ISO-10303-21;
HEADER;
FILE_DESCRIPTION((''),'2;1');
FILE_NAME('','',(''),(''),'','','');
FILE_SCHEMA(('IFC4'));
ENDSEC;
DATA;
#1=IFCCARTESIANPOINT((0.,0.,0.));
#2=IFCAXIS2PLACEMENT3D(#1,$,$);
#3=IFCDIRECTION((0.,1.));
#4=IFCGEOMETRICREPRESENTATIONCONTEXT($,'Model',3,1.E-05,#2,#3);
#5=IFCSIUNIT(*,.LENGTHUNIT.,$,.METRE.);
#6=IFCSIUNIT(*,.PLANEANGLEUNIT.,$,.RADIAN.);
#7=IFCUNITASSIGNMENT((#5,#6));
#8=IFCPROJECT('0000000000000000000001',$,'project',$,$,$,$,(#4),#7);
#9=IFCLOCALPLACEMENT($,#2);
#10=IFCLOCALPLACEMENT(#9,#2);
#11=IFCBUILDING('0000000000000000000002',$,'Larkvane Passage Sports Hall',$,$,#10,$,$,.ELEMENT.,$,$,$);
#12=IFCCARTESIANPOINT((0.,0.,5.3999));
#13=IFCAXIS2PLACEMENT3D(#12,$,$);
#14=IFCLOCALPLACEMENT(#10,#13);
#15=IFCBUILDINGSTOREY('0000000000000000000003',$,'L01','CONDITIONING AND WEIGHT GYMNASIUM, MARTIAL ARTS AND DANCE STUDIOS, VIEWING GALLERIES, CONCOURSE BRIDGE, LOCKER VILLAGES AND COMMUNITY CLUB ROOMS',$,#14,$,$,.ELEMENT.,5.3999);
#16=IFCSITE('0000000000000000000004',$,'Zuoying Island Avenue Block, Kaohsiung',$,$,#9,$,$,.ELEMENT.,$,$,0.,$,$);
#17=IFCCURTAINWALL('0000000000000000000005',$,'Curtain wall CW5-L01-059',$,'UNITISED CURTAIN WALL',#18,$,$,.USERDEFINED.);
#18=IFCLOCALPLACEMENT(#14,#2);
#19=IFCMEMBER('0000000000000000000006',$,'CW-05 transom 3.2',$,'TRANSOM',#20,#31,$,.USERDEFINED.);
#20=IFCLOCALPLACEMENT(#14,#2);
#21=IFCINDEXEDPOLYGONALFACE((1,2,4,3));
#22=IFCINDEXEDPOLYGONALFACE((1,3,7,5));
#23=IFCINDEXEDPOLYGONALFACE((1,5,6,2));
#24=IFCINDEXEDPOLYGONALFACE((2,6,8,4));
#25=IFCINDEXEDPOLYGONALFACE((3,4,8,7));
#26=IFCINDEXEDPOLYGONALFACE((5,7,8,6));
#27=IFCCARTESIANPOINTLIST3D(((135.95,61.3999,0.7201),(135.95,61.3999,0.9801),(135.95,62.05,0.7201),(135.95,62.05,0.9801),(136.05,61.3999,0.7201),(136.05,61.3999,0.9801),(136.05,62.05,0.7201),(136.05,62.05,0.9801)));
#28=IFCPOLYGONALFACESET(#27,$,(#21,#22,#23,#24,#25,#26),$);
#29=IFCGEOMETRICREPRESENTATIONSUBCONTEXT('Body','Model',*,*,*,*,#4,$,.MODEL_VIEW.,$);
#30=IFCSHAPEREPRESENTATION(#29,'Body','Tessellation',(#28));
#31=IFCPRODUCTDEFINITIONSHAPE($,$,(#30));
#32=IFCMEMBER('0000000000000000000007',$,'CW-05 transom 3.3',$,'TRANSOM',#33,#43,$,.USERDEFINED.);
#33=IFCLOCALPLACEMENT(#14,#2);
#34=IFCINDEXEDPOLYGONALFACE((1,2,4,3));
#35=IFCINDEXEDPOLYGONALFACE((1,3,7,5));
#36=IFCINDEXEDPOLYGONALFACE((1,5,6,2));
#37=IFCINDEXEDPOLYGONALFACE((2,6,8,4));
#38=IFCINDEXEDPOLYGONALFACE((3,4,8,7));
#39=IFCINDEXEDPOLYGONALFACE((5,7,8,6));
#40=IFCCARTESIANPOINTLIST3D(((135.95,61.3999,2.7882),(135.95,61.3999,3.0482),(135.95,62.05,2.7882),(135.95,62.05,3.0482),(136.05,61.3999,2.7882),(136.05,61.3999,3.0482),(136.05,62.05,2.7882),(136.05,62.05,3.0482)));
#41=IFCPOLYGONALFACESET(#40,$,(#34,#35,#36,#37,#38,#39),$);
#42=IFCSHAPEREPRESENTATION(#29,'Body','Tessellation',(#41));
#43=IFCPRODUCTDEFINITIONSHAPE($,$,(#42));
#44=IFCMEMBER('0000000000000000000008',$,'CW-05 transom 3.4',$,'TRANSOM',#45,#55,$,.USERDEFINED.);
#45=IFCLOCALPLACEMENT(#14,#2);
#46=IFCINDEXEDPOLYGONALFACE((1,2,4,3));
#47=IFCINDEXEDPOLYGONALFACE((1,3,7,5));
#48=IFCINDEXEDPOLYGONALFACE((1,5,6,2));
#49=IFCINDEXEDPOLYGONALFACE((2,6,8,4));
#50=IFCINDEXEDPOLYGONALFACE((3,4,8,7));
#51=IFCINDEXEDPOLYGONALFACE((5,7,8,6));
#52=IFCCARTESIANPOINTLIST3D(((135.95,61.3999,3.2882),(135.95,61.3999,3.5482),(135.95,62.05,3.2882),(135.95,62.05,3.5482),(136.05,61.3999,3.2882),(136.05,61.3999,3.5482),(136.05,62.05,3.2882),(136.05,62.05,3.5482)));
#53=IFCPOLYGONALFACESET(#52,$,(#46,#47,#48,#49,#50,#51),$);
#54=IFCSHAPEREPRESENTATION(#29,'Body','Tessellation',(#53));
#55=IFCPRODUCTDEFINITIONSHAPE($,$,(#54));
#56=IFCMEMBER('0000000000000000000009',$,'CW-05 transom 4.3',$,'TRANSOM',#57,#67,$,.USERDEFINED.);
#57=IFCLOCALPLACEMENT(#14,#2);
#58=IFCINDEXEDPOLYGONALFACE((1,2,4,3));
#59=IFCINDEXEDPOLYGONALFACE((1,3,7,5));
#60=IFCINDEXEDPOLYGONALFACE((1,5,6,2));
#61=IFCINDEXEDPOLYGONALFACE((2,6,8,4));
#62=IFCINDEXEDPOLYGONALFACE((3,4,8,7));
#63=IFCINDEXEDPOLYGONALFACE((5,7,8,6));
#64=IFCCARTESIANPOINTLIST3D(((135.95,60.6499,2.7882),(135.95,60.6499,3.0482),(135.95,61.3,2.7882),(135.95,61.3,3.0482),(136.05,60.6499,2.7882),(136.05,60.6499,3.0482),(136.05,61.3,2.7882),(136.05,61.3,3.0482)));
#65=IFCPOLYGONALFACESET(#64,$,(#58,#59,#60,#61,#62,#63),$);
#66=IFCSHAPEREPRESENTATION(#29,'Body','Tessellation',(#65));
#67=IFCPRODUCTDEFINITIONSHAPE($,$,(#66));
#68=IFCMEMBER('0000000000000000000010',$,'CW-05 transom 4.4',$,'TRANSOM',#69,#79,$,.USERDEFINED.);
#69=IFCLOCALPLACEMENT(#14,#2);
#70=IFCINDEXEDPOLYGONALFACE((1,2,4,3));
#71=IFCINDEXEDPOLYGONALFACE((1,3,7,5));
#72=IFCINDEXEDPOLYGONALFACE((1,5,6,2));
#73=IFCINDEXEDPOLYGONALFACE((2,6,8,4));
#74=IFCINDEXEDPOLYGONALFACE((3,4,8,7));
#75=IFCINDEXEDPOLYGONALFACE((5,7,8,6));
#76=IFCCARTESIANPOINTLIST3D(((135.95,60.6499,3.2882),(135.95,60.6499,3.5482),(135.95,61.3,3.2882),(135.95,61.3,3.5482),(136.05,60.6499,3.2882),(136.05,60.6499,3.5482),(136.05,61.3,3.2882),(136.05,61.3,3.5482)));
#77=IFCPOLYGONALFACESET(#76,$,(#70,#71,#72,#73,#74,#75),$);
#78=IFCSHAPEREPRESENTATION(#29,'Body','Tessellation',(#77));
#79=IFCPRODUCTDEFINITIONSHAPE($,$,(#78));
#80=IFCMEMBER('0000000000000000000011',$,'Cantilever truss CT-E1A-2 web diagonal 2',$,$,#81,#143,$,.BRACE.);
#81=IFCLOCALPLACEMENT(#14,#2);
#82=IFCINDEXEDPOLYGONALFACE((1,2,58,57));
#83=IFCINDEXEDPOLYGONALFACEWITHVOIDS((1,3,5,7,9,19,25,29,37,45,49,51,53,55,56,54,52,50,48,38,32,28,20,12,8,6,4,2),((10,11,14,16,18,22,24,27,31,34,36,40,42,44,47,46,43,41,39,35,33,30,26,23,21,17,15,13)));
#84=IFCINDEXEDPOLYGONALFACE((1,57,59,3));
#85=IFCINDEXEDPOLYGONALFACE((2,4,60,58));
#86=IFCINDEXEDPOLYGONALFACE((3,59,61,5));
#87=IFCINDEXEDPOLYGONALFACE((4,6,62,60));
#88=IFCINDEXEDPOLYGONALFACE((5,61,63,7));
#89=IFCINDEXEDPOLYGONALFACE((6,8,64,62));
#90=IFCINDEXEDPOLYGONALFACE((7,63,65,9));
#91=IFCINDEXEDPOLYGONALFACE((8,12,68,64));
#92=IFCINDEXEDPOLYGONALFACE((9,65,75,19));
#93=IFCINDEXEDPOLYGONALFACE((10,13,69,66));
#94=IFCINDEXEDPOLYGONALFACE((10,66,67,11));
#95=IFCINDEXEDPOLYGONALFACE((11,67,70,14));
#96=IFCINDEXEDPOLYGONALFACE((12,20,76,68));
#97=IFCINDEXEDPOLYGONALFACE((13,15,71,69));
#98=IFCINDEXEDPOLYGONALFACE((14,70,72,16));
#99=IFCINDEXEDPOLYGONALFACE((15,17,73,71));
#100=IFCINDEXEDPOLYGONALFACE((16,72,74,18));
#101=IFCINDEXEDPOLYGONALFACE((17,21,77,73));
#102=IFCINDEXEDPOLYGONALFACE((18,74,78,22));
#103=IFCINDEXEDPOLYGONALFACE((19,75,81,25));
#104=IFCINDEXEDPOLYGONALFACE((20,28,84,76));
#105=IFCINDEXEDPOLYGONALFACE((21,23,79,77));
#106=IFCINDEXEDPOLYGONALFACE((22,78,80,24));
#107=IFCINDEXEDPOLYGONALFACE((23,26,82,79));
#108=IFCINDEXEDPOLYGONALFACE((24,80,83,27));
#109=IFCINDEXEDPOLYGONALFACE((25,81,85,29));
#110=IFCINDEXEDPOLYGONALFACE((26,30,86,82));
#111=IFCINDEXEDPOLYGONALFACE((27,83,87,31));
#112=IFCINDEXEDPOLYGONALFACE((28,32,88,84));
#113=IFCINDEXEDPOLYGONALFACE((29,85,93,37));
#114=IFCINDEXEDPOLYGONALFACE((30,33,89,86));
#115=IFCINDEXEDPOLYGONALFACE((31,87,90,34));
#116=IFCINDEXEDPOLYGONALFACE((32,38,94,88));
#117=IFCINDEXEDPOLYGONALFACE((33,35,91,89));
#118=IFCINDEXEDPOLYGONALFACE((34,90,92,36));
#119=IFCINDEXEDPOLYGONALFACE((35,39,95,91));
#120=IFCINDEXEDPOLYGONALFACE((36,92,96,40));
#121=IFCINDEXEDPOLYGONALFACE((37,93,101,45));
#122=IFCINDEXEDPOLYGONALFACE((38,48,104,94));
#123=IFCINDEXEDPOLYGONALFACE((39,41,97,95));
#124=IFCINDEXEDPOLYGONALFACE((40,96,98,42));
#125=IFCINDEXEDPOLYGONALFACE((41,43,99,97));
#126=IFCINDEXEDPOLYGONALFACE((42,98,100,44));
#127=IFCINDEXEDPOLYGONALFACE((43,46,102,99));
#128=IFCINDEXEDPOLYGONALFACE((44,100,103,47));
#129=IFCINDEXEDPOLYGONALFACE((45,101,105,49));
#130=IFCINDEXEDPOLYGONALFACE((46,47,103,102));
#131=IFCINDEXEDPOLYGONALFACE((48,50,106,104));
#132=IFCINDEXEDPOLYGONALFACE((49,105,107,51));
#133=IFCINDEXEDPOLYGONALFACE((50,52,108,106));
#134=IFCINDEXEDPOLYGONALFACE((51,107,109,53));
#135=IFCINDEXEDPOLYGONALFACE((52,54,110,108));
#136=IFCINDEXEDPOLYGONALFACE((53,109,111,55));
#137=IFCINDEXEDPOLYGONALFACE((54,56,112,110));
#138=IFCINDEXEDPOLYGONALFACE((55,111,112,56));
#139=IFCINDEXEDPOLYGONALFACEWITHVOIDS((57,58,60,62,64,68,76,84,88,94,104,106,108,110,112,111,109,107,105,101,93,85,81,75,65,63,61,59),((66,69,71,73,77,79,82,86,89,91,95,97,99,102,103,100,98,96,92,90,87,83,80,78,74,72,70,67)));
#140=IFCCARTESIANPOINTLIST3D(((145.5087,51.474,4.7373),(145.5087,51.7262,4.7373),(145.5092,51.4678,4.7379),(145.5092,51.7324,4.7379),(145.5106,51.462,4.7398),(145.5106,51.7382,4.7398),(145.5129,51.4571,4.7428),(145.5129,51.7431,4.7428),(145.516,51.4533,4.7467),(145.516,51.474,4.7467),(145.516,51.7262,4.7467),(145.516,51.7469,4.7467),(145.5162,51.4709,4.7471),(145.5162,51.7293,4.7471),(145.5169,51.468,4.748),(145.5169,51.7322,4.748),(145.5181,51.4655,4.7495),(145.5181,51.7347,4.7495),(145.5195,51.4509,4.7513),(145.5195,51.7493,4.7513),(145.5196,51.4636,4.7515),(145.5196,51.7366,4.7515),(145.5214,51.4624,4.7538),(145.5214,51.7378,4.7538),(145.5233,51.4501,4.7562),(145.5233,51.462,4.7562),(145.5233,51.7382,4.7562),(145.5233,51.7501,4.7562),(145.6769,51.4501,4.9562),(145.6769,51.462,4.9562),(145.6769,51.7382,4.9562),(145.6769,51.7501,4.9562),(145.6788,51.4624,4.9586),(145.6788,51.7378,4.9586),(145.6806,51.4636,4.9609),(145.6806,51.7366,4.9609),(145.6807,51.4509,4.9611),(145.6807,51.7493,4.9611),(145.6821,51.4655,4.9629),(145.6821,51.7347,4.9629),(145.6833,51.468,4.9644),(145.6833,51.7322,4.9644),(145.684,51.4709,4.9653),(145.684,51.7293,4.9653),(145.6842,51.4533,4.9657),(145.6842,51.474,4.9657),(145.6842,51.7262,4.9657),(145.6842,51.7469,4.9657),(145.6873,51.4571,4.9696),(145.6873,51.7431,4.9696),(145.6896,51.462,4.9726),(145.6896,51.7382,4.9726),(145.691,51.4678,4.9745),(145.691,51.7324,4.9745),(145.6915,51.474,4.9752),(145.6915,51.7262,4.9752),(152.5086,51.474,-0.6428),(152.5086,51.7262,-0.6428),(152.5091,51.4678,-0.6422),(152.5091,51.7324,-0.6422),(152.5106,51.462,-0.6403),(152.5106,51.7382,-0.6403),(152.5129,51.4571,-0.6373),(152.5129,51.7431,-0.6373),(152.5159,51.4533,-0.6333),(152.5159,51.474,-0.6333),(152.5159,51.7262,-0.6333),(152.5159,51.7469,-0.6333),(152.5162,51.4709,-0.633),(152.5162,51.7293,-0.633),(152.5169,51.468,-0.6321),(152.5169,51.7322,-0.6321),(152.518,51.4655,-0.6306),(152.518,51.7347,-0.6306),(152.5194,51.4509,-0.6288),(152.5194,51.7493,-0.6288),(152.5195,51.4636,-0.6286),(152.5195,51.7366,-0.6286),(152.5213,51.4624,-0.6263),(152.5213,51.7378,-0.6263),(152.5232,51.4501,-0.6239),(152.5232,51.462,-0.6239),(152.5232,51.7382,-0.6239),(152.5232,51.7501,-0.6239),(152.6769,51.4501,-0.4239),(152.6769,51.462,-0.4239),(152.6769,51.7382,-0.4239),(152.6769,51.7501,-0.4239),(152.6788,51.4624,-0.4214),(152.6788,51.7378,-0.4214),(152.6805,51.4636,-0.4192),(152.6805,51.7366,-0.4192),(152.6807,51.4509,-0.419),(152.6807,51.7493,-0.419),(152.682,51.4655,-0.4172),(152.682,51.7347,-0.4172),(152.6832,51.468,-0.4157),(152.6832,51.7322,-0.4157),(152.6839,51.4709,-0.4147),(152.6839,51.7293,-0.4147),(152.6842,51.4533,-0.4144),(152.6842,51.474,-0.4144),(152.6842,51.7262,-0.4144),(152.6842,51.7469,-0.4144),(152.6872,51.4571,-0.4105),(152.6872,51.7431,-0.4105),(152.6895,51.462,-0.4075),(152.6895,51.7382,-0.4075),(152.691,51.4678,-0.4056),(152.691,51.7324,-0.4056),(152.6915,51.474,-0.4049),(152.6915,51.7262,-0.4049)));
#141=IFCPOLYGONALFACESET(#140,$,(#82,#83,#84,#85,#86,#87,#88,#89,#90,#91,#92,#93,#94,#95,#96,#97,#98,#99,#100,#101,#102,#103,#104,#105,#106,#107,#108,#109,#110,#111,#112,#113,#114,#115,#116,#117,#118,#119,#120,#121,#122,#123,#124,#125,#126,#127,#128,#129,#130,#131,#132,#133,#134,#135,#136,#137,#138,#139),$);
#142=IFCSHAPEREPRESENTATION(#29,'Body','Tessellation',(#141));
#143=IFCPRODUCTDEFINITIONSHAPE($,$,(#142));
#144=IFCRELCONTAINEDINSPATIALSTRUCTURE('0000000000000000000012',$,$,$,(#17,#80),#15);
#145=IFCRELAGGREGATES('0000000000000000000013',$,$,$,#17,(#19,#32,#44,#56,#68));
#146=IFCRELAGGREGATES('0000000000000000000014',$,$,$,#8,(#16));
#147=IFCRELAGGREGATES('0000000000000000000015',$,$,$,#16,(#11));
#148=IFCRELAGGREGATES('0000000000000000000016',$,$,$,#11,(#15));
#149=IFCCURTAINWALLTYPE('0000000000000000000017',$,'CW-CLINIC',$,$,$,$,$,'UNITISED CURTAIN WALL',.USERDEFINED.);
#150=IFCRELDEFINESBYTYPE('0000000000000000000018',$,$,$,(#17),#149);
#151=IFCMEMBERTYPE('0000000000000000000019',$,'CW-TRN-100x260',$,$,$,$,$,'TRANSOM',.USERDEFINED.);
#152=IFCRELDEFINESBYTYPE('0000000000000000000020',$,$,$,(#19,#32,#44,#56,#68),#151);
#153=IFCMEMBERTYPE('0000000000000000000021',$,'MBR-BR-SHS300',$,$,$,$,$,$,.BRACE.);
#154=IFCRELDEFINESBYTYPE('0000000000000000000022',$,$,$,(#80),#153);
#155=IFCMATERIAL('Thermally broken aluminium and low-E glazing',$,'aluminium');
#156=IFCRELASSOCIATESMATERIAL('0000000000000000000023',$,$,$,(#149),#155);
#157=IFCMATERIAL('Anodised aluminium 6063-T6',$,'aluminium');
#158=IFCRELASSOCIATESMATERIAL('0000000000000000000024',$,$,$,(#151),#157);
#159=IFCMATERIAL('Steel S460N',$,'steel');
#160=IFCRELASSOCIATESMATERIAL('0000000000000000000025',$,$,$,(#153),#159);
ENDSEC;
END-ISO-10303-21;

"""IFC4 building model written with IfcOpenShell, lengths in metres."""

from ifc_helpers import new_model, si_unit, direction, frame, origin, origin_2d, place, context, subcontext, project, spatial, rectangle, hollow_rectangle, extrude, material, material_profile, profile_set, type_object, element, aggregate, save


model = new_model("IFC4")

# Units and contexts
model_context = context("Model", 3, precision=1e-05, world=origin(), true_north=direction((0.0, 1.0)))
body_context = subcontext(model_context, "Body", "Model", "MODEL_VIEW")
ifc_project = project(units=[si_unit("LENGTHUNIT", "METRE"), si_unit("PLANEANGLEUNIT", "RADIAN")], contexts=[model_context])

# Site, building, storey
site_placement = place(None, origin())
site = spatial("IfcSite", under=ifc_project, at=site_placement, Name="Zuoying Island Avenue Block, Kaohsiung", CompositionType="ELEMENT", RefElevation=0.0)
building_placement = place(site_placement, origin())
building = spatial("IfcBuilding", under=site, at=building_placement, Name="Larkvane Passage Sports Hall", CompositionType="ELEMENT")
storey_placement = place(building_placement, frame((0.0, 0.0, 5.3999)))
storey = spatial("IfcBuildingStorey", under=building, at=storey_placement, Name="L01", Description="CONDITIONING AND WEIGHT GYMNASIUM, MARTIAL ARTS AND DANCE STUDIOS, VIEWING GALLERIES, CONCOURSE BRIDGE, LOCKER VILLAGES AND COMMUNITY CLUB ROOMS", CompositionType="ELEMENT", Elevation=5.3999)

# Shared definitions
ifc_material_1 = material(Name="Steel S460N", Category="steel")

# Curtain wall, members
ifc_material_2 = material(Name="Thermally broken aluminium and low-E glazing", Category="aluminium")
curtain_wall_type = type_object("IfcCurtainWallType", Name="CW-CLINIC", ElementType="UNITISED CURTAIN WALL", PredefinedType="USERDEFINED", material=ifc_material_2)
curtain_wall_placement = place(storey_placement, origin())
curtain_wall = element("IfcCurtainWall", 1, at=curtain_wall_placement, inside=storey, type_object=curtain_wall_type, Name="Curtain wall CW5-L01-059", ObjectType="UNITISED CURTAIN WALL", PredefinedType="USERDEFINED")
ifc_material_3 = material(Name="Anodised aluminium 6063-T6", Category="aluminium")
ifc_material_profile_1 = material_profile(ifc_material_3, rectangle(XDim=0.1001, YDim=0.26, at=origin_2d()), Name="ALU-TRN-100x260")
ifc_profile_set_1 = profile_set([ifc_material_profile_1], Name="Anodised aluminium 6063-T6")
member_type_1 = type_object("IfcMemberType", Name="CW-TRN-100x260", ElementType="TRANSOM", PredefinedType="USERDEFINED", material=ifc_profile_set_1)
member_1_placement = place(storey_placement, frame((136.0, 62.05, 0.8501), z_axis=(0.0, -1.0, 0.0), x_axis=(1.0, 0.0, 0.0)))
member_1 = element("IfcMember", 2, at=member_1_placement, type_object=member_type_1, Name="CW-05 transom 3.2", ObjectType="TRANSOM", PredefinedType="USERDEFINED", context=body_context, shape_type="SweptSolid", body=[
    extrude(rectangle(XDim=0.1001, YDim=0.26, at=origin_2d()), origin(), (0.0, 0.0, 1.0), 0.6501),
])
member_2_placement = place(storey_placement, frame((136.0, 62.05, 2.9182), z_axis=(0.0, -1.0, 0.0), x_axis=(1.0, 0.0, 0.0)))
member_2 = element("IfcMember", 3, at=member_2_placement, type_object=member_type_1, Name="CW-05 transom 3.3", ObjectType="TRANSOM", PredefinedType="USERDEFINED", context=body_context, shape_type="SweptSolid", body=[
    extrude(rectangle(XDim=0.1001, YDim=0.26, at=origin_2d()), origin(), (0.0, 0.0, 1.0), 0.6501),
])
member_3_placement = place(storey_placement, frame((136.0, 62.05, 3.4182), z_axis=(0.0, -1.0, 0.0), x_axis=(1.0, 0.0, 0.0)))
member_3 = element("IfcMember", 4, at=member_3_placement, type_object=member_type_1, Name="CW-05 transom 3.4", ObjectType="TRANSOM", PredefinedType="USERDEFINED", context=body_context, shape_type="SweptSolid", body=[
    extrude(rectangle(XDim=0.1001, YDim=0.26, at=origin_2d()), origin(), (0.0, 0.0, 1.0), 0.6501),
])
member_4_placement = place(storey_placement, frame((136.0, 61.3, 2.9182), z_axis=(0.0, -1.0, 0.0), x_axis=(1.0, 0.0, 0.0)))
member_4 = element("IfcMember", 5, at=member_4_placement, type_object=member_type_1, Name="CW-05 transom 4.3", ObjectType="TRANSOM", PredefinedType="USERDEFINED", context=body_context, shape_type="SweptSolid", body=[
    extrude(rectangle(XDim=0.1001, YDim=0.26, at=origin_2d()), origin(), (0.0, 0.0, 1.0), 0.6501),
])
member_5_placement = place(storey_placement, frame((136.0, 61.3, 3.4182), z_axis=(0.0, -1.0, 0.0), x_axis=(1.0, 0.0, 0.0)))
member_5 = element("IfcMember", 6, at=member_5_placement, type_object=member_type_1, Name="CW-05 transom 4.4", ObjectType="TRANSOM", PredefinedType="USERDEFINED", context=body_context, shape_type="SweptSolid", body=[
    extrude(rectangle(XDim=0.1001, YDim=0.26, at=origin_2d()), origin(), (0.0, 0.0, 1.0), 0.6501),
])

# Member
ifc_material_profile_2 = material_profile(ifc_material_1, hollow_rectangle(XDim=0.3, YDim=0.3, WallThickness=0.012, InnerFilletRadius=0.012, OuterFilletRadius=0.0239, at=origin_2d()), Name="SHS-300x300x12")
ifc_profile_set_2 = profile_set([ifc_material_profile_2], Name="Steel S460N")
member_type_2 = type_object("IfcMemberType", Name="MBR-BR-SHS300", PredefinedType="BRACE", material=ifc_profile_set_2)
member_6_placement = place(storey_placement, frame((145.6001, 51.6001, 4.8562), z_axis=(0.79287, 0.0, -0.609391), x_axis=(0.0, 1.0, 0.0)))
element("IfcMember", 7, at=member_6_placement, inside=storey, type_object=member_type_2, Name="Cantilever truss CT-E1A-2 web diagonal 2", PredefinedType="BRACE", context=body_context, shape_type="SweptSolid", body=[
    extrude(hollow_rectangle(XDim=0.3, YDim=0.3, WallThickness=0.012, InnerFilletRadius=0.012, OuterFilletRadius=0.0239, at=origin_2d()), origin(), (0.0, 0.0, 1.0), 8.8286),
])

aggregate(curtain_wall, [member_1, member_2, member_3, member_4, member_5])

save(model, "model.ifc")
